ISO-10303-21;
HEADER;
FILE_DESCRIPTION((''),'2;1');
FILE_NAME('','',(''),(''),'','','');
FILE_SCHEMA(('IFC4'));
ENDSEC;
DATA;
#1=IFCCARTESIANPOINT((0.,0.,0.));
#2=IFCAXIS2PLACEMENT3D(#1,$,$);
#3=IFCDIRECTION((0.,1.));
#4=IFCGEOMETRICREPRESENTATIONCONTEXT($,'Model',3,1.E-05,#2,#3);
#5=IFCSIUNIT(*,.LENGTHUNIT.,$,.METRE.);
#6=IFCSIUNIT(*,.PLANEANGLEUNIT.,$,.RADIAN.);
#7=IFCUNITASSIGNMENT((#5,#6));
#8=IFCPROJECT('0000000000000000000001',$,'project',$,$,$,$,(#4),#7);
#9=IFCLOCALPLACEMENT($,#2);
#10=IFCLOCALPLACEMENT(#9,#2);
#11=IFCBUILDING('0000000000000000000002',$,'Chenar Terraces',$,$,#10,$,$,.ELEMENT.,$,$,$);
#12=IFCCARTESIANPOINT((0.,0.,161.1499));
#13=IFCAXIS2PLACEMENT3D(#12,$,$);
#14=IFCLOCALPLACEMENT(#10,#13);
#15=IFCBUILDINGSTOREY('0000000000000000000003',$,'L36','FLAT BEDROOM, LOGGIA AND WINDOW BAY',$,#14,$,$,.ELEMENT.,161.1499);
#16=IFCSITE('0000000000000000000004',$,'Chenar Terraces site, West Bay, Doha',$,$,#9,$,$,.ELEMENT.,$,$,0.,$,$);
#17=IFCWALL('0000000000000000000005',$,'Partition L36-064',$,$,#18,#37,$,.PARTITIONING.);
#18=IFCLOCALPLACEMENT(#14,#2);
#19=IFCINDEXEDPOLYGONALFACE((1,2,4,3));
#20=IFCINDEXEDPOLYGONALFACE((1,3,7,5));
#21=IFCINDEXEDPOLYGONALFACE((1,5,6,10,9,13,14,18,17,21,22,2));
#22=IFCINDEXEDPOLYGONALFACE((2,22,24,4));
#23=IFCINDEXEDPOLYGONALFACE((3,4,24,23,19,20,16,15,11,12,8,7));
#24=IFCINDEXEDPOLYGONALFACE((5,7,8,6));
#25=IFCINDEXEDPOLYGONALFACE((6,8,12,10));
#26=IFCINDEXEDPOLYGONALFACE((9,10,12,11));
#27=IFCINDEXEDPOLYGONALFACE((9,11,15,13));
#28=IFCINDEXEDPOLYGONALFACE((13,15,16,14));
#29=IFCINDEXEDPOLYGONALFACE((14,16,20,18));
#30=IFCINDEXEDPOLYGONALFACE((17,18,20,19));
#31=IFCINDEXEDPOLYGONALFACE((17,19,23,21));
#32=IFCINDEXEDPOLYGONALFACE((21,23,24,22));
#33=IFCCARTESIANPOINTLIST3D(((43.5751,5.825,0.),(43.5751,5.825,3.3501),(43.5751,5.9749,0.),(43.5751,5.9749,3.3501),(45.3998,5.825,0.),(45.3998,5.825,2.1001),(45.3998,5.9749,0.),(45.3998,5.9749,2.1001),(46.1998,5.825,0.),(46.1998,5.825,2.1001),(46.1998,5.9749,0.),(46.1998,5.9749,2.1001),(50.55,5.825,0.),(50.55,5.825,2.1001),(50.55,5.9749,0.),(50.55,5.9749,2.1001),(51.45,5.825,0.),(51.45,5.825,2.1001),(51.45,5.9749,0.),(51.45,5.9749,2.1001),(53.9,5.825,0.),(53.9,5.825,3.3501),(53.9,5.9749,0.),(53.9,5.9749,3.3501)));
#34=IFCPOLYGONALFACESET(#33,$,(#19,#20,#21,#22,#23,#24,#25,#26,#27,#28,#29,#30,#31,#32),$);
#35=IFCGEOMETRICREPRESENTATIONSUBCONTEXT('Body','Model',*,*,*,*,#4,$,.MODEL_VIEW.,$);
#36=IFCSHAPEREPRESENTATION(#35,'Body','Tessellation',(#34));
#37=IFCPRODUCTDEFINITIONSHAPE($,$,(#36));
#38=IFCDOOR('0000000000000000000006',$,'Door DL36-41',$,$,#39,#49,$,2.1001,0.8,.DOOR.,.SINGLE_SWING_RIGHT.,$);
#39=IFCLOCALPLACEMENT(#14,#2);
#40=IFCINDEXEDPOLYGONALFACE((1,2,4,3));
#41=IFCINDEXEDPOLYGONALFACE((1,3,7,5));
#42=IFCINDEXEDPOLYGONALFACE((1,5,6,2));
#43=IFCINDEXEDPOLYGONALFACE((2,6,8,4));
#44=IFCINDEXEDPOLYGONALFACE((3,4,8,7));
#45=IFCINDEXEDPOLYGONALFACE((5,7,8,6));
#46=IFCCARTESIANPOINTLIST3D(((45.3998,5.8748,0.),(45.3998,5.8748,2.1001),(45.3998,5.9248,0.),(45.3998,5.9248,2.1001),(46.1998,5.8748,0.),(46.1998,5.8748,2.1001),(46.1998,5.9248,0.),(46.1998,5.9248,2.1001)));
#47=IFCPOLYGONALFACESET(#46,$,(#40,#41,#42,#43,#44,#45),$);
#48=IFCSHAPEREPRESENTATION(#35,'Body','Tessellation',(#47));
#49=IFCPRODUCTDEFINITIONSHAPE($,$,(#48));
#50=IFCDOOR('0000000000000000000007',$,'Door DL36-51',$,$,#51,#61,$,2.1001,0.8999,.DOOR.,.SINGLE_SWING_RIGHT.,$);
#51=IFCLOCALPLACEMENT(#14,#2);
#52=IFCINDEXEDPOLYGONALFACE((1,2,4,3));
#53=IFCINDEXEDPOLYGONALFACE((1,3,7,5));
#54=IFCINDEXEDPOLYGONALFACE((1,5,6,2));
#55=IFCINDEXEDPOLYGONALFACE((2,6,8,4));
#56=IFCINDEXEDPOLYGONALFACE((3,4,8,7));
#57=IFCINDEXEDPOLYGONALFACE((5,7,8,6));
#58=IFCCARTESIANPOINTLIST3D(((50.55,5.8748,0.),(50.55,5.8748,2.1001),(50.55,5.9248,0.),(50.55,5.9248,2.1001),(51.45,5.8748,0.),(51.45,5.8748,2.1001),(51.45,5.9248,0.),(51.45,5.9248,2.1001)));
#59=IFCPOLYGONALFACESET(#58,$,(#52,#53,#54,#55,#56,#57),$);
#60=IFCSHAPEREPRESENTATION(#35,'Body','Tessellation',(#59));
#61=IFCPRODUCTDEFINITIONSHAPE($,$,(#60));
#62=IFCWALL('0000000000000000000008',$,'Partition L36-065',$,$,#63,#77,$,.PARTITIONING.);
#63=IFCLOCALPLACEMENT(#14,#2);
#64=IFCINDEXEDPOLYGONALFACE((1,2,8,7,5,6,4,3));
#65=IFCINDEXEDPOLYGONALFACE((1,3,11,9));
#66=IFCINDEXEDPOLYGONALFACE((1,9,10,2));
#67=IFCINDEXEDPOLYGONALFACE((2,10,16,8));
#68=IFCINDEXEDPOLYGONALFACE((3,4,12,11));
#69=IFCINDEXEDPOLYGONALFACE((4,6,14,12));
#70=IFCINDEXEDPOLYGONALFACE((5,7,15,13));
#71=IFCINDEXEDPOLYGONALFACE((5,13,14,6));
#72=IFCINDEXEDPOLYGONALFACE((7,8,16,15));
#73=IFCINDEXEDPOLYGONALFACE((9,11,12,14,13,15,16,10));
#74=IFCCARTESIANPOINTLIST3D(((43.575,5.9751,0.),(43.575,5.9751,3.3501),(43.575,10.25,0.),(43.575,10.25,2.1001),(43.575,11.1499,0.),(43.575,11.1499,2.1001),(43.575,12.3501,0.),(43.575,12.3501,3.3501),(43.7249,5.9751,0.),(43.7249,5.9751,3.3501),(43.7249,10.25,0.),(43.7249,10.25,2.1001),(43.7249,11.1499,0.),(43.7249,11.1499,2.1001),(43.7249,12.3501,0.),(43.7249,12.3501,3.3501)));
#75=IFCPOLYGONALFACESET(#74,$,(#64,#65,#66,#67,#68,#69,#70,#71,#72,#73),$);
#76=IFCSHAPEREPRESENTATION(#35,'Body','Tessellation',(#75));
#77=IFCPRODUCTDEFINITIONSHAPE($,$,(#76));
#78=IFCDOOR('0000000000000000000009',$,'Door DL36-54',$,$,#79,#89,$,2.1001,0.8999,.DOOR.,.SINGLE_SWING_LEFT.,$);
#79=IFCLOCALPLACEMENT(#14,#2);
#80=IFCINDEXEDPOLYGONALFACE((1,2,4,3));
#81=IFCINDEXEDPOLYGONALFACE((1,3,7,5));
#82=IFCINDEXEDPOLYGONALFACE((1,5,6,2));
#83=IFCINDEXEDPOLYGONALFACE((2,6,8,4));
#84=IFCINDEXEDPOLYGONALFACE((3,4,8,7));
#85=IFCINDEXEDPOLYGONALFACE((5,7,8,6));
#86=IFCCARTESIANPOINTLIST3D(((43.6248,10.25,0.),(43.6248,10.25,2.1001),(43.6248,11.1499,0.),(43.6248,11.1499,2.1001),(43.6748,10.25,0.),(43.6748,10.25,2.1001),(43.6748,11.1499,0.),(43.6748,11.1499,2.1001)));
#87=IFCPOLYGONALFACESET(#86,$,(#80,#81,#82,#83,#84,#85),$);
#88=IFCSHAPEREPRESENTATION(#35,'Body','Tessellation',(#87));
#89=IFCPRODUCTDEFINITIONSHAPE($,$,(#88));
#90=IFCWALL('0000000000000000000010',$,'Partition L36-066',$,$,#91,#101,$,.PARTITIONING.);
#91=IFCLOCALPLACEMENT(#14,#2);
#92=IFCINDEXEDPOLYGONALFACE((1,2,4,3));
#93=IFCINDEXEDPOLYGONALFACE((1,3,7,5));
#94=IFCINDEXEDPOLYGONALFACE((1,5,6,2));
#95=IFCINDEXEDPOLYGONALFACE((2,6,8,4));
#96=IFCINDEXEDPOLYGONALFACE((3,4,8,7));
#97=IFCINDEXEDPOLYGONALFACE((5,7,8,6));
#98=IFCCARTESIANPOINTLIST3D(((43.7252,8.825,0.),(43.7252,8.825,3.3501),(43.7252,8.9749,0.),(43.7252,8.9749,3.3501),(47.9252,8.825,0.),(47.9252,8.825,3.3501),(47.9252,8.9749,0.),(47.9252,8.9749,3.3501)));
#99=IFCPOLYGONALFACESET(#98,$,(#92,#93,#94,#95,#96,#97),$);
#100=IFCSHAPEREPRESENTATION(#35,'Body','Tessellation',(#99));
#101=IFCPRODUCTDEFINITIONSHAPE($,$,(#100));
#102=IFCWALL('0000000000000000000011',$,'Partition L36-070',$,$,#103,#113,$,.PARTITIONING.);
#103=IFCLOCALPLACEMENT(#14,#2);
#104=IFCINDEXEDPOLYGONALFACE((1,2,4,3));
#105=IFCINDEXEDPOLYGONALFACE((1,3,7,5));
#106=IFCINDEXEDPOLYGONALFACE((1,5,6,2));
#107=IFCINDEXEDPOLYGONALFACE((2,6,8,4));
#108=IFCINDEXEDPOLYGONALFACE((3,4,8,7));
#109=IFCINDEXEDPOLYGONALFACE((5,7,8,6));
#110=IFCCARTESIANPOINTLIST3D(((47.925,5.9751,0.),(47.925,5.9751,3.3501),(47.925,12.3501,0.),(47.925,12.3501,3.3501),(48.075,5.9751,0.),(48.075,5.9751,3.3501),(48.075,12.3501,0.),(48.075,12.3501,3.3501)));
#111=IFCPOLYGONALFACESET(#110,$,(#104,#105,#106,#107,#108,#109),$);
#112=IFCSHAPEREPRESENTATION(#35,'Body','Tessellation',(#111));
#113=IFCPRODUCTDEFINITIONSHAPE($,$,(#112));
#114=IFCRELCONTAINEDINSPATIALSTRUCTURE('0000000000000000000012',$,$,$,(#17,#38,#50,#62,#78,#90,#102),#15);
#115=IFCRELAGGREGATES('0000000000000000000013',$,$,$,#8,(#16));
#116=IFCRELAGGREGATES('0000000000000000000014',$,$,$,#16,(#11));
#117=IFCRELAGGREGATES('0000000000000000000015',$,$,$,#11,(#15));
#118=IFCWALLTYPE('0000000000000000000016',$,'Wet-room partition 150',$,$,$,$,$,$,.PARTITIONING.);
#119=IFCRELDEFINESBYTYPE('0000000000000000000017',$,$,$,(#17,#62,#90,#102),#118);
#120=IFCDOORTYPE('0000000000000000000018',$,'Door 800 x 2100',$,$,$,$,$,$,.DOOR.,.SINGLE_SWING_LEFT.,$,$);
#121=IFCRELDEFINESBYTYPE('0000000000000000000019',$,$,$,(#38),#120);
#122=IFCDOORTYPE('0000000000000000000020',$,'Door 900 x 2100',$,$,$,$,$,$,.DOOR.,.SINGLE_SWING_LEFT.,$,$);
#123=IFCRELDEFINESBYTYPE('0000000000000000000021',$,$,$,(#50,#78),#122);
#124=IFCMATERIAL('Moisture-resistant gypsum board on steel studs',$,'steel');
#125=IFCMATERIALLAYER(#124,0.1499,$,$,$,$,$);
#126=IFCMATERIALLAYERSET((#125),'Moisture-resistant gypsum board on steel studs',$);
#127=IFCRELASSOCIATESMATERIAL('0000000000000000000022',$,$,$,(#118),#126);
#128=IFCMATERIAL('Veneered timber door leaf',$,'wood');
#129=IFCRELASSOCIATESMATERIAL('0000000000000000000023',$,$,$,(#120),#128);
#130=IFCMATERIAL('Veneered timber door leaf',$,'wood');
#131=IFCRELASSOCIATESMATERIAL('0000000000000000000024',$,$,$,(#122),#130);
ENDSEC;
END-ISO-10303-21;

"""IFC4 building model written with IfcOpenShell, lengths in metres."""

from ifc_helpers import new_model, si_unit, direction, frame, frame_2d, origin, place, context, subcontext, project, spatial, rectangle, extrude, material, layer, layer_set, type_object, element, fill, save


model = new_model("IFC4")

# Units and contexts
model_context = context("Model", 3, precision=1e-05, world=origin(), true_north=direction((0.0, 1.0)))
body_context = subcontext(model_context, "Body", "Model", "MODEL_VIEW")
ifc_project = project(units=[si_unit("LENGTHUNIT", "METRE"), si_unit("PLANEANGLEUNIT", "RADIAN")], contexts=[model_context])

# Site, building, storey
site_placement = place(None, origin())
site = spatial("IfcSite", under=ifc_project, at=site_placement, Name="Chenar Terraces site, West Bay, Doha", CompositionType="ELEMENT", RefElevation=0.0)
building_placement = place(site_placement, origin())
building = spatial("IfcBuilding", under=site, at=building_placement, Name="Chenar Terraces", CompositionType="ELEMENT")
storey_placement = place(building_placement, frame((0.0, 0.0, 161.1499)))
storey = spatial("IfcBuildingStorey", under=building, at=storey_placement, Name="L36", Description="FLAT BEDROOM, LOGGIA AND WINDOW BAY", CompositionType="ELEMENT", Elevation=161.1499)

# Wall, openings, doors
ifc_material_1 = material(Name="Moisture-resistant gypsum board on steel studs", Category="steel")
ifc_layer_1 = layer(ifc_material_1, 0.1499)
ifc_layer_set_1 = layer_set([ifc_layer_1], Name="Moisture-resistant gypsum board on steel studs")
wall_type_1 = type_object("IfcWallType", Name="Wet-room partition 150", PredefinedType="PARTITIONING", material=ifc_layer_set_1)
wall_1_placement = place(storey_placement, frame((43.575, 5.8999, 0.0), z_axis=(0.0, 0.0, 1.0), x_axis=(1.0, 0.0, 0.0)))
wall_1 = element("IfcWall", 1, at=wall_1_placement, inside=storey, type_object=wall_type_1, Name="Partition L36-064", PredefinedType="PARTITIONING", context=body_context, shape_type="SweptSolid", body=[
    extrude(rectangle(XDim=10.325, YDim=0.1499, at=frame_2d((5.1626, 0.0))), origin(), (0.0, 0.0, 1.0), 3.3501),
])
opening_1_placement = place(wall_1_placement, frame((1.825, 0.0, 0.0)))
opening_1 = element("IfcOpeningElement", 2, at=opening_1_placement, cuts=wall_1, PredefinedType="OPENING", context=body_context, shape_type="SweptSolid", body=[
    extrude(rectangle(XDim=0.8, YDim=2.1001, at=frame_2d((0.3999, 1.05))), frame((0.0, 0.085, 0.0), z_axis=(0.0, -1.0, 0.0), x_axis=(1.0, 0.0, 0.0)), (0.0, 0.0, 1.0), 0.1699),
])
opening_2_placement = place(wall_1_placement, frame((6.9751, 0.0, 0.0)))
opening_2 = element("IfcOpeningElement", 3, at=opening_2_placement, cuts=wall_1, PredefinedType="OPENING", context=body_context, shape_type="SweptSolid", body=[
    extrude(rectangle(XDim=0.8999, YDim=2.1001, at=frame_2d((0.45, 1.05))), frame((0.0, 0.085, 0.0), z_axis=(0.0, -1.0, 0.0), x_axis=(1.0, 0.0, 0.0)), (0.0, 0.0, 1.0), 0.1699),
])
ifc_material_2 = material(Name="Veneered timber door leaf", Category="wood")
door_type_1 = type_object("IfcDoorType", Name="Door 800 x 2100", OperationType="SINGLE_SWING_LEFT", PredefinedType="DOOR", material=ifc_material_2)
door_1_placement = place(opening_1_placement, origin())
door_1 = element("IfcDoor", 4, at=door_1_placement, inside=storey, type_object=door_type_1, Name="Door DL36-41", OperationType="SINGLE_SWING_RIGHT", OverallHeight=2.1001, OverallWidth=0.8, PredefinedType="DOOR", context=body_context, shape_type="SweptSolid", body=[
    extrude(rectangle(XDim=0.8, YDim=2.1001, at=frame_2d((0.3999, 1.05))), frame((0.0, 0.0249, 0.0), z_axis=(0.0, -1.0, 0.0), x_axis=(1.0, 0.0, 0.0)), (0.0, 0.0, 1.0), 0.05),
])
fill(opening_1, door_1)
ifc_material_3 = material(Name="Veneered timber door leaf", Category="wood")
door_type_2 = type_object("IfcDoorType", Name="Door 900 x 2100", OperationType="SINGLE_SWING_LEFT", PredefinedType="DOOR", material=ifc_material_3)
door_2_placement = place(opening_2_placement, origin())
door_2 = element("IfcDoor", 5, at=door_2_placement, inside=storey, type_object=door_type_2, Name="Door DL36-51", OperationType="SINGLE_SWING_RIGHT", OverallHeight=2.1001, OverallWidth=0.8999, PredefinedType="DOOR", context=body_context, shape_type="SweptSolid", body=[
    extrude(rectangle(XDim=0.8999, YDim=2.1001, at=frame_2d((0.45, 1.05))), frame((0.0, 0.0249, 0.0), z_axis=(0.0, -1.0, 0.0), x_axis=(1.0, 0.0, 0.0)), (0.0, 0.0, 1.0), 0.05),
])
fill(opening_2, door_2)

# Wall, opening, door
wall_2_placement = place(storey_placement, frame((43.6499, 5.9751, 0.0), z_axis=(0.0, 0.0, 1.0), x_axis=(0.0, 1.0, 0.0)))
wall_2 = element("IfcWall", 6, at=wall_2_placement, inside=storey, type_object=wall_type_1, Name="Partition L36-065", PredefinedType="PARTITIONING", context=body_context, shape_type="SweptSolid", body=[
    extrude(rectangle(XDim=6.375, YDim=0.1499, at=frame_2d((3.1875, 0.0))), origin(), (0.0, 0.0, 1.0), 3.3501),
])
opening_3_placement = place(wall_2_placement, frame((4.2749, 0.0, 0.0)))
opening_3 = element("IfcOpeningElement", 7, at=opening_3_placement, cuts=wall_2, PredefinedType="OPENING", context=body_context, shape_type="SweptSolid", body=[
    extrude(rectangle(XDim=0.8999, YDim=2.1001, at=frame_2d((0.45, 1.05))), frame((0.0, 0.085, 0.0), z_axis=(0.0, -1.0, 0.0), x_axis=(1.0, 0.0, 0.0)), (0.0, 0.0, 1.0), 0.1699),
])
door_3_placement = place(opening_3_placement, frame((0.8999, 0.0, 0.0), z_axis=(0.0, 0.0, 1.0), x_axis=(-1.0, 0.0, 0.0)))
door_3 = element("IfcDoor", 8, at=door_3_placement, inside=storey, type_object=door_type_2, Name="Door DL36-54", OperationType="SINGLE_SWING_LEFT", OverallHeight=2.1001, OverallWidth=0.8999, PredefinedType="DOOR", context=body_context, shape_type="SweptSolid", body=[
    extrude(rectangle(XDim=0.8999, YDim=2.1001, at=frame_2d((0.45, 1.05))), frame((0.0, 0.0249, 0.0), z_axis=(0.0, -1.0, 0.0), x_axis=(1.0, 0.0, 0.0)), (0.0, 0.0, 1.0), 0.05),
])
fill(opening_3, door_3)

# Walls
wall_3_placement = place(storey_placement, frame((43.7251, 8.8999, 0.0), z_axis=(0.0, 0.0, 1.0), x_axis=(1.0, 0.0, 0.0)))
element("IfcWall", 9, at=wall_3_placement, inside=storey, type_object=wall_type_1, Name="Partition L36-066", PredefinedType="PARTITIONING", context=body_context, shape_type="SweptSolid", body=[
    extrude(rectangle(XDim=4.2, YDim=0.1499, at=frame_2d((2.1001, 0.0))), origin(), (0.0, 0.0, 1.0), 3.3501),
])
wall_4_placement = place(storey_placement, frame((48.0, 5.9751, 0.0), z_axis=(0.0, 0.0, 1.0), x_axis=(0.0, 1.0, 0.0)))
element("IfcWall", 10, at=wall_4_placement, inside=storey, type_object=wall_type_1, Name="Partition L36-070", PredefinedType="PARTITIONING", context=body_context, shape_type="SweptSolid", body=[
    extrude(rectangle(XDim=6.375, YDim=0.1499, at=frame_2d((3.1875, 0.0))), origin(), (0.0, 0.0, 1.0), 3.3501),
])

save(model, "model.ifc")
